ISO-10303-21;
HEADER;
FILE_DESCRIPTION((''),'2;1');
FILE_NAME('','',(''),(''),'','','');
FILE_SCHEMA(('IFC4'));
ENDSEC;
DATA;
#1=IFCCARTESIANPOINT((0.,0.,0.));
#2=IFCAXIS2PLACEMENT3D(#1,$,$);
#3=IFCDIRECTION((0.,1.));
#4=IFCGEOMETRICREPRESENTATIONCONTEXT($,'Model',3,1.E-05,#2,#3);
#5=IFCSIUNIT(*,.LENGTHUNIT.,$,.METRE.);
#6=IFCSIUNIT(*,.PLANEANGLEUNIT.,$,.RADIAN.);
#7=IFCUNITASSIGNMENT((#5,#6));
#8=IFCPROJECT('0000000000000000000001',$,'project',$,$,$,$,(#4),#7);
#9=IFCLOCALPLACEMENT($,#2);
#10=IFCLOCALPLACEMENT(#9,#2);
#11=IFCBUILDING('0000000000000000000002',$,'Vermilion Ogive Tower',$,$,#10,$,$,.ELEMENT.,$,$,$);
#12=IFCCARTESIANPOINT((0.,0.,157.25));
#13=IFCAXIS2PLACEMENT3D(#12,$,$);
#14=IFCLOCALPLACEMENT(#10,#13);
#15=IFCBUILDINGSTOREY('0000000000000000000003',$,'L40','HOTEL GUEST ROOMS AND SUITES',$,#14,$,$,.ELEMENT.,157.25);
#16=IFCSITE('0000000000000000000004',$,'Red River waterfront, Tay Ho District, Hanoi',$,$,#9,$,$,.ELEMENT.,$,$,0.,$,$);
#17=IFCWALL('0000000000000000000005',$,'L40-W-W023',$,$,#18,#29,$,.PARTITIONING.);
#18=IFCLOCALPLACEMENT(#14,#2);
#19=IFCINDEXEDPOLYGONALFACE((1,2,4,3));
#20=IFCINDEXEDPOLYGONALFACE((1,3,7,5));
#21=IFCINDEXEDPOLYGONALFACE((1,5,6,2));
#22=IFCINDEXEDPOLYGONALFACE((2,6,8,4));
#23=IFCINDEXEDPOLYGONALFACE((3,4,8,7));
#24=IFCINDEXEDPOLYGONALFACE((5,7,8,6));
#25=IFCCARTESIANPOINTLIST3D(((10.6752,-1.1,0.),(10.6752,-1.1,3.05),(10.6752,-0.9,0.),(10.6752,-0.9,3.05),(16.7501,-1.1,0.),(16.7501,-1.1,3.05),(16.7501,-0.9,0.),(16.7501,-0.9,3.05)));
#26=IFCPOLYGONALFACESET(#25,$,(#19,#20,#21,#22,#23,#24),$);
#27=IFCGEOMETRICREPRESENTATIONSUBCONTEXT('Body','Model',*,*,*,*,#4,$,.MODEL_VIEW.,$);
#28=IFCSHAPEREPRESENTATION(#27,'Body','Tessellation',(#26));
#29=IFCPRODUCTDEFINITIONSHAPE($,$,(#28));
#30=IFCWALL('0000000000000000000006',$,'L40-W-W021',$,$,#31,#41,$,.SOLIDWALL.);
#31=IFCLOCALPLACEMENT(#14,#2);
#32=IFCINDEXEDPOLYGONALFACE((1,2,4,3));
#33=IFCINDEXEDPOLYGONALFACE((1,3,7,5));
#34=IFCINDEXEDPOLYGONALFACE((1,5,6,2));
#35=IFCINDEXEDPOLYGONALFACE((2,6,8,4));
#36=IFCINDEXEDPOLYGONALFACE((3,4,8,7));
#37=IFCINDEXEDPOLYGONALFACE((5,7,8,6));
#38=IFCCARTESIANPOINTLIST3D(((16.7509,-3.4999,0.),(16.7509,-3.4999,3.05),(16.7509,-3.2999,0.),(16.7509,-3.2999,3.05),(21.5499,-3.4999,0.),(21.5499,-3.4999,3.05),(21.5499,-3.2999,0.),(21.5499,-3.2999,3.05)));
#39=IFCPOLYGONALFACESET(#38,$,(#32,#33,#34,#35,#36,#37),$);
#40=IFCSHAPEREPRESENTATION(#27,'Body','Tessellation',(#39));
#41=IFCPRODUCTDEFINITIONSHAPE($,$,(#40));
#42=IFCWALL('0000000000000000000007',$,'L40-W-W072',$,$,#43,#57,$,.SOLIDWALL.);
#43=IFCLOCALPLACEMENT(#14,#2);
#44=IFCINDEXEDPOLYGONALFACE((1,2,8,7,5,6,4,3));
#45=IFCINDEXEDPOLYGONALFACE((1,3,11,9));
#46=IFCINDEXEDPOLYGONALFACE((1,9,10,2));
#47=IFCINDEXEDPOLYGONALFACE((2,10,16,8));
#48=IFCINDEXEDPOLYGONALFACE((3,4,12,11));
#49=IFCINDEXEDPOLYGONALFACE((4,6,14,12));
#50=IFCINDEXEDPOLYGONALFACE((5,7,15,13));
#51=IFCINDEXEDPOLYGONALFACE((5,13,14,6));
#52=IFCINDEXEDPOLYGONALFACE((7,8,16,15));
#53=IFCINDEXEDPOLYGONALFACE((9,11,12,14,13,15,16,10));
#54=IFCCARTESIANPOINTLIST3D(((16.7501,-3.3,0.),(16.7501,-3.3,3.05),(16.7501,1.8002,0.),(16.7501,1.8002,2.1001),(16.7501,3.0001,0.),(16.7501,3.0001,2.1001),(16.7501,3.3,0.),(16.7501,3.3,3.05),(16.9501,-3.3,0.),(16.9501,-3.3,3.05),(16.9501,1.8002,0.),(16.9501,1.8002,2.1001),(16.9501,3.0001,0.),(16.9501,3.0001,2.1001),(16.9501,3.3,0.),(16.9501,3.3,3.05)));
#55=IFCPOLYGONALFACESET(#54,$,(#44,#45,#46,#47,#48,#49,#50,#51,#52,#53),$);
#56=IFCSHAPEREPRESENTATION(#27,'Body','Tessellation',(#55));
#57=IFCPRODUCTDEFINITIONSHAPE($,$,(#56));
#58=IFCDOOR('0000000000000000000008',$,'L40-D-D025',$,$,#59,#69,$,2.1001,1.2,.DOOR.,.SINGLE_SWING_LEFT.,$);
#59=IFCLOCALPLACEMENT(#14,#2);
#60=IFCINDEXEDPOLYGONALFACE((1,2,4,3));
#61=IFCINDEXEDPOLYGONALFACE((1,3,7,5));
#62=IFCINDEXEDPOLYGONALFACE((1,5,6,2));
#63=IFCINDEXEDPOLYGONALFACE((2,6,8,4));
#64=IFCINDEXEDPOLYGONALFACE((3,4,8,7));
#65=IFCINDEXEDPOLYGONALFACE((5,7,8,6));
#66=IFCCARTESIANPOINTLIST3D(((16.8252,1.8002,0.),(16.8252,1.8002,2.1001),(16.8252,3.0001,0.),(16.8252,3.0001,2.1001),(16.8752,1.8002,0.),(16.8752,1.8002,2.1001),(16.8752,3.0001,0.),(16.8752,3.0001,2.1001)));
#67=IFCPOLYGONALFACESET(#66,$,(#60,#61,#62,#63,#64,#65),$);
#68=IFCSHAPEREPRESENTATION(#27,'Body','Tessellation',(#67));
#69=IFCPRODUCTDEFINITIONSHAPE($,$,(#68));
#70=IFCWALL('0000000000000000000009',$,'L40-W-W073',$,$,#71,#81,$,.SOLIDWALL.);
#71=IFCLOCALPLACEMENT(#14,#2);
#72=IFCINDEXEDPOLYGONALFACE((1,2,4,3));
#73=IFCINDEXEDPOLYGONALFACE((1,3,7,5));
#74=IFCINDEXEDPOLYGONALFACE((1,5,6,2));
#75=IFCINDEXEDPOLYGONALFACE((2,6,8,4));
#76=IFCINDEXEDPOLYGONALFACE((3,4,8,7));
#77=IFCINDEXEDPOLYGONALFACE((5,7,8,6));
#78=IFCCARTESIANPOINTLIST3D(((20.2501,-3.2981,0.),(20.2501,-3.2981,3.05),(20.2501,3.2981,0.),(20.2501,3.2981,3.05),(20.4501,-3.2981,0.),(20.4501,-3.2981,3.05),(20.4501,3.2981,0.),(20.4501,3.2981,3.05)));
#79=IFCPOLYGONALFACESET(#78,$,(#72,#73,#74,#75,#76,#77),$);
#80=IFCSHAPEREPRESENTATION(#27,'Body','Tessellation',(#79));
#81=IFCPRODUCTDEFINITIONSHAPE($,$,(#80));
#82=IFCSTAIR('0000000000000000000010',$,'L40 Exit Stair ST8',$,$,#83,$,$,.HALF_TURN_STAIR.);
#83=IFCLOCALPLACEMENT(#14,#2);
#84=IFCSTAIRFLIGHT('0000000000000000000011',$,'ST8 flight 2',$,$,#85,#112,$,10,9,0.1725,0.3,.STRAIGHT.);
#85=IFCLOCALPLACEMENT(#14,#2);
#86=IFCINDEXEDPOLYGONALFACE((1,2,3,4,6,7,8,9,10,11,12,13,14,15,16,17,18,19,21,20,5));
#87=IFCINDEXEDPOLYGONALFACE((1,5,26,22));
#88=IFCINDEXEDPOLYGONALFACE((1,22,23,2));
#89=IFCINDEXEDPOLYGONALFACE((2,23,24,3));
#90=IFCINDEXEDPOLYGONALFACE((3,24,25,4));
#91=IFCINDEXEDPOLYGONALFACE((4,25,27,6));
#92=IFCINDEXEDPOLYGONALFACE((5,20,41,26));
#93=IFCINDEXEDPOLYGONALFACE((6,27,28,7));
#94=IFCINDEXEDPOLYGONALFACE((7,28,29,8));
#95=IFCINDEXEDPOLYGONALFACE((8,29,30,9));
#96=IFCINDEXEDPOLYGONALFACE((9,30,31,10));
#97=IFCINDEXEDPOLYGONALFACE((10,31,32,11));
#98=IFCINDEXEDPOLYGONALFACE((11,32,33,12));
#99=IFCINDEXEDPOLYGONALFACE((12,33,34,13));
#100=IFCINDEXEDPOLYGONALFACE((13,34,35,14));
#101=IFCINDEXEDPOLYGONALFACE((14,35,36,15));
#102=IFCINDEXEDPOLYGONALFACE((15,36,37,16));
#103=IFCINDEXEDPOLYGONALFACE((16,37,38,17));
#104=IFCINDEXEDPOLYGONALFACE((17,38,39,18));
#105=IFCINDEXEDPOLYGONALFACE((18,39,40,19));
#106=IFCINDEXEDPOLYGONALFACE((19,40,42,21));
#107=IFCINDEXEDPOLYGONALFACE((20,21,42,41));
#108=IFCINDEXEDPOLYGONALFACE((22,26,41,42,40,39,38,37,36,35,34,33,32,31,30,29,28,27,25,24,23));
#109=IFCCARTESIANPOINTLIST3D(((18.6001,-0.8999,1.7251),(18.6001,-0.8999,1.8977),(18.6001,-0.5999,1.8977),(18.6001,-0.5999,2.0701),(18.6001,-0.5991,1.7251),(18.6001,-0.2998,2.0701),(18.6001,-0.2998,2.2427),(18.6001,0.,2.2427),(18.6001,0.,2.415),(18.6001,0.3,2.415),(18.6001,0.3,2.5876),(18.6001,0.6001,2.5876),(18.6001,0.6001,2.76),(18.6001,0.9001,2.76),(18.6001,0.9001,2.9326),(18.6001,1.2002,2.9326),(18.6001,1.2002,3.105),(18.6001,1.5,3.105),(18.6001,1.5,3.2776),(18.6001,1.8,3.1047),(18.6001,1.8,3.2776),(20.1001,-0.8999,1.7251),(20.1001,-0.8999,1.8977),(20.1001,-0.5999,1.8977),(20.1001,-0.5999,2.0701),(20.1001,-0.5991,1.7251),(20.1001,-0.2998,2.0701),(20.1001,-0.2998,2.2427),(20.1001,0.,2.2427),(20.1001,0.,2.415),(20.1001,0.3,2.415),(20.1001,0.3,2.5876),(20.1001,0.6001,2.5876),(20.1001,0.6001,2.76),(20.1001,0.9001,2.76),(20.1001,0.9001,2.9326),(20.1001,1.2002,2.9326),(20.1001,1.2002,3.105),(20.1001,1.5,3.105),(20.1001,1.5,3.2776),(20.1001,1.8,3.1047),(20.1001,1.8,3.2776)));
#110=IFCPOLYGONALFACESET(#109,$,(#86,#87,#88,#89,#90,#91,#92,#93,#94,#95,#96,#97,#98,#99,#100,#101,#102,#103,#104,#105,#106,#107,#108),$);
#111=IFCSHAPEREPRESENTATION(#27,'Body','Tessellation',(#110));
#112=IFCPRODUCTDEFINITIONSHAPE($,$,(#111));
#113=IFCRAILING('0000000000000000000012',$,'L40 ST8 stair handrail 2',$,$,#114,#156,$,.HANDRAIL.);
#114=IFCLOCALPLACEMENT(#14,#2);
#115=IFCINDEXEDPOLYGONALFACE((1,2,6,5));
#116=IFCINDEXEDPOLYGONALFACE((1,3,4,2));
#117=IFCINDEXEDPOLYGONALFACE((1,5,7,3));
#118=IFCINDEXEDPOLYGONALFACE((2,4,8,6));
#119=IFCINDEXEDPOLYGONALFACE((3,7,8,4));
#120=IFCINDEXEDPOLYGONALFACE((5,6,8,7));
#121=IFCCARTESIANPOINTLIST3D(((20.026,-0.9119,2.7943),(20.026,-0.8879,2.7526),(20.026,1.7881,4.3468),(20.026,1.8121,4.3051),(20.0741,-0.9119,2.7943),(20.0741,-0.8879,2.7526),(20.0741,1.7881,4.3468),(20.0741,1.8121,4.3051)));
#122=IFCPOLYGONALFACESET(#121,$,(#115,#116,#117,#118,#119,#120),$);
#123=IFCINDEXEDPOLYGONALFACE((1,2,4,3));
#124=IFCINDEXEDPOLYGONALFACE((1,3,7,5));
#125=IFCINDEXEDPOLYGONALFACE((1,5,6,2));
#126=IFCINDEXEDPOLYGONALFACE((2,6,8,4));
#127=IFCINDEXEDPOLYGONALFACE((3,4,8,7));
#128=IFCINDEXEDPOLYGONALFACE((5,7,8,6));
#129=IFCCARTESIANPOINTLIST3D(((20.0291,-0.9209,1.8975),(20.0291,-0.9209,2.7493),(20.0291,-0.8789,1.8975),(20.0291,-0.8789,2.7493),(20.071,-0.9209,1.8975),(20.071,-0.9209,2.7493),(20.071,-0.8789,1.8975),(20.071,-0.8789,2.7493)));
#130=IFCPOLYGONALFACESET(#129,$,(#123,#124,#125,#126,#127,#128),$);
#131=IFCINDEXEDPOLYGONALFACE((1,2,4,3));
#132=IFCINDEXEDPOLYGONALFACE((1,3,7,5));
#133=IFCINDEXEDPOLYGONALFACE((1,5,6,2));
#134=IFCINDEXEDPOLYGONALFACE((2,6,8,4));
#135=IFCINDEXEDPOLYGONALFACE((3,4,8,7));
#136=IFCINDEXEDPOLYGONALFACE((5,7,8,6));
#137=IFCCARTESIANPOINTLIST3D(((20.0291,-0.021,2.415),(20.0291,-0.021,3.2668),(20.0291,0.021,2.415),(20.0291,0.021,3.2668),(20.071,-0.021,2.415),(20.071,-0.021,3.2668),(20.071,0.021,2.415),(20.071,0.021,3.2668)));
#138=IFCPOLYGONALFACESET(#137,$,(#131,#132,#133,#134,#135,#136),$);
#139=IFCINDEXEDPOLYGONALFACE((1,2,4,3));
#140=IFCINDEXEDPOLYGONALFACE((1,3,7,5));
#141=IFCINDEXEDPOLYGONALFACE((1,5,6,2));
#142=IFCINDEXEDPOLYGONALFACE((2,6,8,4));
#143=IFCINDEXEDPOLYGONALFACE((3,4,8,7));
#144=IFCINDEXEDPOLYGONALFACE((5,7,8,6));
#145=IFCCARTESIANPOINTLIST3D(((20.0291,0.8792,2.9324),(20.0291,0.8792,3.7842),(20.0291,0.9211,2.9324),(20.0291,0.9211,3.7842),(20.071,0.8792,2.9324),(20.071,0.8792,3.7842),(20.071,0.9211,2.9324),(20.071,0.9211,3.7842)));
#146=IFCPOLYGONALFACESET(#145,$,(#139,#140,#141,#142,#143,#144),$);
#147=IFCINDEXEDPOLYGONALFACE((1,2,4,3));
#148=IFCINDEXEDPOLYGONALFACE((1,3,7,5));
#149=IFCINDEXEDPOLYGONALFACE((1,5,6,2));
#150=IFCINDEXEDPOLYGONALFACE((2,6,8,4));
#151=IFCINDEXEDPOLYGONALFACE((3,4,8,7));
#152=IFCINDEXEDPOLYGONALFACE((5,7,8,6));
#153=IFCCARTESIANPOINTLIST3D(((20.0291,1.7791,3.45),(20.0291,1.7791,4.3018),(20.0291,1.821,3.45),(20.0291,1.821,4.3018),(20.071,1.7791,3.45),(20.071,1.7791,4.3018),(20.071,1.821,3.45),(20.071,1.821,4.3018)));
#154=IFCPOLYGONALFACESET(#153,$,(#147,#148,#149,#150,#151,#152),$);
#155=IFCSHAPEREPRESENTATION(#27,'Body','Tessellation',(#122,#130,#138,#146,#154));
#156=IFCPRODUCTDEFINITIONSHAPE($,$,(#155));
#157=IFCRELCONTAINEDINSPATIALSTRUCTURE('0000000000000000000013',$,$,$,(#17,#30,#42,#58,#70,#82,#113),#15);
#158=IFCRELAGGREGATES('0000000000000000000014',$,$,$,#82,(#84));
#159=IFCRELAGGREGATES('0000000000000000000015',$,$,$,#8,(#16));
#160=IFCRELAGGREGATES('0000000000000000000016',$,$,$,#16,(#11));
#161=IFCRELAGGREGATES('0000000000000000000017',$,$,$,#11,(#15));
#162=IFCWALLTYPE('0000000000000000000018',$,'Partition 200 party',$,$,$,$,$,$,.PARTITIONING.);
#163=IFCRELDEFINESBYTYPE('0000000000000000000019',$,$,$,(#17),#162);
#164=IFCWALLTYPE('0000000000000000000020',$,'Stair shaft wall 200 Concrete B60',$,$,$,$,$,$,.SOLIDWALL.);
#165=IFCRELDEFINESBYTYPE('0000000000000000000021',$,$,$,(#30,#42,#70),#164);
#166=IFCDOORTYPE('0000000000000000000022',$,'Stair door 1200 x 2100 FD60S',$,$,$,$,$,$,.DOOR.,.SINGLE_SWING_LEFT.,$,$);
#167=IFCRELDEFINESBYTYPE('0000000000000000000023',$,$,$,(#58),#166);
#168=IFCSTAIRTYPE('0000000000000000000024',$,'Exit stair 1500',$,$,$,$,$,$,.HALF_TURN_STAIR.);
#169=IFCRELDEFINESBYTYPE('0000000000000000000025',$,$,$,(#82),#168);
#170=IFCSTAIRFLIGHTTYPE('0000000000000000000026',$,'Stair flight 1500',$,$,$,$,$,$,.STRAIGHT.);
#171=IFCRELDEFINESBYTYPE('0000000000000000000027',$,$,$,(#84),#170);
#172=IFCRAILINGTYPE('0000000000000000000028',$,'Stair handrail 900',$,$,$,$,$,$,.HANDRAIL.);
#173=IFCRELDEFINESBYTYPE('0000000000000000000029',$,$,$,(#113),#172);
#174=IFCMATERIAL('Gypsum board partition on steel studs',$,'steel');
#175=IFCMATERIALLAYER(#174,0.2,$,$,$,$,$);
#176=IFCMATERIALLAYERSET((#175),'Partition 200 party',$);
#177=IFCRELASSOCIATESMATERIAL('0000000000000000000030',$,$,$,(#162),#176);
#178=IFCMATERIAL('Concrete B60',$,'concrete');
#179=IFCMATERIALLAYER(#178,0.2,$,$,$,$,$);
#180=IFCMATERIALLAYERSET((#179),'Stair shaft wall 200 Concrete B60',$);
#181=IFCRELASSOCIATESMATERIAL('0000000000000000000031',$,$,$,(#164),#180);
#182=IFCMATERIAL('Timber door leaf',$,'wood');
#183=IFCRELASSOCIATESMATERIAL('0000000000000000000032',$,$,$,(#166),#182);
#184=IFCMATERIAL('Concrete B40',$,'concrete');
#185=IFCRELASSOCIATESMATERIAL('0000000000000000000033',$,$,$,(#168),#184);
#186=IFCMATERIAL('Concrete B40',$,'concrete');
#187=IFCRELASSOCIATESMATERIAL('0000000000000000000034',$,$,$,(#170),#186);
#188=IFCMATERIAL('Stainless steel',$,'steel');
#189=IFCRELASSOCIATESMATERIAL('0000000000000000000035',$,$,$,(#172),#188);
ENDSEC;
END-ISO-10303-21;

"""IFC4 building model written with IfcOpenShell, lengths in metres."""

from ifc_helpers import new_model, si_unit, direction, frame, frame_2d, origin, origin_2d, place, context, subcontext, project, spatial, polyline, rectangle, outline, extrude, material, layer, layer_set, type_object, element, fill, aggregate, save


model = new_model("IFC4")

# Units and contexts
model_context = context("Model", 3, precision=1e-05, world=origin(), true_north=direction((0.0, 1.0)))
body_context = subcontext(model_context, "Body", "Model", "MODEL_VIEW")
ifc_project = project(units=[si_unit("LENGTHUNIT", "METRE"), si_unit("PLANEANGLEUNIT", "RADIAN")], contexts=[model_context])

# Site, building, storey
site_placement = place(None, origin())
site = spatial("IfcSite", under=ifc_project, at=site_placement, Name="Red River waterfront, Tay Ho District, Hanoi", CompositionType="ELEMENT", RefElevation=0.0)
building_placement = place(site_placement, origin())
building = spatial("IfcBuilding", under=site, at=building_placement, Name="Vermilion Ogive Tower", CompositionType="ELEMENT")
storey_placement = place(building_placement, frame((0.0, 0.0, 157.25)))
storey = spatial("IfcBuildingStorey", under=building, at=storey_placement, Name="L40", Description="HOTEL GUEST ROOMS AND SUITES", CompositionType="ELEMENT", Elevation=157.25)

# Walls
ifc_material_1 = material(Name="Gypsum board partition on steel studs", Category="steel")
ifc_layer_1 = layer(ifc_material_1, 0.2)
ifc_layer_set_1 = layer_set([ifc_layer_1], Name="Partition 200 party")
wall_type_1 = type_object("IfcWallType", Name="Partition 200 party", PredefinedType="PARTITIONING", material=ifc_layer_set_1)
wall_1_placement = place(storey_placement, frame((10.675, -1.0, 0.0), z_axis=(0.0, 0.0, 1.0), x_axis=(1.0, 0.0, 0.0)))
element("IfcWall", 1, at=wall_1_placement, inside=storey, type_object=wall_type_1, Name="L40-W-W023", PredefinedType="PARTITIONING", context=body_context, shape_type="SweptSolid", body=[
    extrude(rectangle(XDim=6.075, YDim=0.2, at=frame_2d((3.0376, 0.0))), origin(), (0.0, 0.0, 1.0), 3.05),
])
ifc_material_2 = material(Name="Concrete B60", Category="concrete")
ifc_layer_2 = layer(ifc_material_2, 0.2)
ifc_layer_set_2 = layer_set([ifc_layer_2], Name="Stair shaft wall 200 Concrete B60")
wall_type_2 = type_object("IfcWallType", Name="Stair shaft wall 200 Concrete B60", PredefinedType="SOLIDWALL", material=ifc_layer_set_2)
wall_2_placement = place(storey_placement, frame((16.751, -3.3999, 0.0), z_axis=(0.0, 0.0, 1.0), x_axis=(1.0, 0.0, 0.0)))
element("IfcWall", 2, at=wall_2_placement, inside=storey, type_object=wall_type_2, Name="L40-W-W021", PredefinedType="SOLIDWALL", context=body_context, shape_type="SweptSolid", body=[
    extrude(rectangle(XDim=4.7991, YDim=0.2, at=frame_2d((2.3994, 0.0))), origin(), (0.0, 0.0, 1.0), 3.05),
])

# Wall, opening, door
wall_3_placement = place(storey_placement, frame((16.8501, -3.3, 0.0), z_axis=(0.0, 0.0, 1.0), x_axis=(0.0, 1.0, 0.0)))
wall_3 = element("IfcWall", 3, at=wall_3_placement, inside=storey, type_object=wall_type_2, Name="L40-W-W072", PredefinedType="SOLIDWALL", context=body_context, shape_type="SweptSolid", body=[
    extrude(rectangle(XDim=6.6001, YDim=0.2, at=frame_2d((3.3, 0.0))), origin(), (0.0, 0.0, 1.0), 3.05),
])
opening_1_placement = place(wall_3_placement, frame((5.1001, 0.0, 0.0)))
opening_1 = element("IfcOpeningElement", 4, at=opening_1_placement, cuts=wall_3, PredefinedType="OPENING", context=body_context, shape_type="SweptSolid", body=[
    extrude(rectangle(XDim=1.2, YDim=2.1001, at=frame_2d((0.6001, 1.05))), frame((0.0, 0.1099, 0.0), z_axis=(0.0, -1.0, 0.0), x_axis=(1.0, 0.0, 0.0)), (0.0, 0.0, 1.0), 0.22),
])
ifc_material_3 = material(Name="Timber door leaf", Category="wood")
door_type_1 = type_object("IfcDoorType", Name="Stair door 1200 x 2100 FD60S", OperationType="SINGLE_SWING_LEFT", PredefinedType="DOOR", material=ifc_material_3)
door_1_placement = place(opening_1_placement, origin())
door_1 = element("IfcDoor", 5, at=door_1_placement, inside=storey, type_object=door_type_1, Name="L40-D-D025", OperationType="SINGLE_SWING_LEFT", OverallHeight=2.1001, OverallWidth=1.2, PredefinedType="DOOR", context=body_context, shape_type="SweptSolid", body=[
    extrude(rectangle(XDim=1.2, YDim=2.1001, at=frame_2d((0.6001, 1.05))), frame((0.0, 0.0249, 0.0), z_axis=(0.0, -1.0, 0.0), x_axis=(1.0, 0.0, 0.0)), (0.0, 0.0, 1.0), 0.05),
])
fill(opening_1, door_1)

# Wall
wall_4_placement = place(storey_placement, frame((20.3501, -3.2981, 0.0), z_axis=(0.0, 0.0, 1.0), x_axis=(0.0, 1.0, 0.0)))
element("IfcWall", 6, at=wall_4_placement, inside=storey, type_object=wall_type_2, Name="L40-W-W073", PredefinedType="SOLIDWALL", context=body_context, shape_type="SweptSolid", body=[
    extrude(rectangle(XDim=6.5962, YDim=0.2, at=frame_2d((3.2981, 0.0))), origin(), (0.0, 0.0, 1.0), 3.05),
])

# Stair, stair flight
ifc_material_4 = material(Name="Concrete B40", Category="concrete")
stair_type = type_object("IfcStairType", Name="Exit stair 1500", PredefinedType="HALF_TURN_STAIR", material=ifc_material_4)
stair_placement = place(storey_placement, origin())
stair = element("IfcStair", 7, at=stair_placement, inside=storey, type_object=stair_type, Name="L40 Exit Stair ST8", PredefinedType="HALF_TURN_STAIR")
ifc_material_5 = material(Name="Concrete B40", Category="concrete")
stair_flight_type = type_object("IfcStairFlightType", Name="Stair flight 1500", PredefinedType="STRAIGHT", material=ifc_material_5)
stair_flight_placement = place(storey_placement, frame((19.3501, -0.8999, 1.7251), z_axis=(0.0, 0.0, 1.0), x_axis=(0.0, 1.0, 0.0)))
stair_flight = element("IfcStairFlight", 8, at=stair_flight_placement, type_object=stair_flight_type, Name="ST8 flight 2", NumberOfRisers=10, NumberOfTreads=9, PredefinedType="STRAIGHT", RiserHeight=0.1725, TreadLength=0.3, context=body_context, shape_type="SweptSolid", body=[
    extrude(outline(polyline([(0.0, 0.0), (0.0, 0.1726), (0.3, 0.1726), (0.3, 0.345), (0.6001, 0.345), (0.6001, 0.5176), (0.8999, 0.5176), (0.8999, 0.6899), (1.2, 0.6899), (1.2, 0.8625), (1.5, 0.8625), (1.5, 1.0349), (1.8, 1.0349), (1.8, 1.2075), (2.1001, 1.2075), (2.1001, 1.3799), (2.3999, 1.3799), (2.3999, 1.5525), (2.7, 1.5525), (2.7, 1.7251), (2.7, 1.3796), (0.3008, 0.0), (0.0, 0.0)])), frame((0.0, 0.75, 0.0), z_axis=(0.0, -1.0, 0.0), x_axis=(1.0, 0.0, 0.0)), (0.0, 0.0, 1.0), 1.5),
])
aggregate(stair, [stair_flight])

# Railing
ifc_material_6 = material(Name="Stainless steel", Category="steel")
railing_type = type_object("IfcRailingType", Name="Stair handrail 900", PredefinedType="HANDRAIL", material=ifc_material_6)
railing_placement = place(storey_placement, frame((20.05, -0.8999, 1.8975)))
element("IfcRailing", 9, at=railing_placement, inside=storey, type_object=railing_type, Name="L40 ST8 stair handrail 2", PredefinedType="HANDRAIL", context=body_context, shape_type="SweptSolid", body=[
    extrude(rectangle(XDim=0.0481, YDim=0.0481, at=origin_2d()), frame((0.0, 0.0, 0.876), z_axis=(0.0, 0.866904, 0.498476), x_axis=(-1.0, 0.0, 0.0)), (0.0, 0.0, 1.0), 3.1145),
    extrude(rectangle(XDim=0.042, YDim=0.042, at=origin_2d()), origin(), (0.0, 0.0, 1.0), 0.8518),
    extrude(rectangle(XDim=0.042, YDim=0.042, at=origin_2d()), frame((0.0, 0.8999, 0.5176)), (0.0, 0.0, 1.0), 0.8518),
    extrude(rectangle(XDim=0.042, YDim=0.042, at=origin_2d()), frame((0.0, 1.8, 1.0349)), (0.0, 0.0, 1.0), 0.8518),
    extrude(rectangle(XDim=0.042, YDim=0.042, at=origin_2d()), frame((0.0, 2.7, 1.5525)), (0.0, 0.0, 1.0), 0.8518),
])

save(model, "model.ifc")
